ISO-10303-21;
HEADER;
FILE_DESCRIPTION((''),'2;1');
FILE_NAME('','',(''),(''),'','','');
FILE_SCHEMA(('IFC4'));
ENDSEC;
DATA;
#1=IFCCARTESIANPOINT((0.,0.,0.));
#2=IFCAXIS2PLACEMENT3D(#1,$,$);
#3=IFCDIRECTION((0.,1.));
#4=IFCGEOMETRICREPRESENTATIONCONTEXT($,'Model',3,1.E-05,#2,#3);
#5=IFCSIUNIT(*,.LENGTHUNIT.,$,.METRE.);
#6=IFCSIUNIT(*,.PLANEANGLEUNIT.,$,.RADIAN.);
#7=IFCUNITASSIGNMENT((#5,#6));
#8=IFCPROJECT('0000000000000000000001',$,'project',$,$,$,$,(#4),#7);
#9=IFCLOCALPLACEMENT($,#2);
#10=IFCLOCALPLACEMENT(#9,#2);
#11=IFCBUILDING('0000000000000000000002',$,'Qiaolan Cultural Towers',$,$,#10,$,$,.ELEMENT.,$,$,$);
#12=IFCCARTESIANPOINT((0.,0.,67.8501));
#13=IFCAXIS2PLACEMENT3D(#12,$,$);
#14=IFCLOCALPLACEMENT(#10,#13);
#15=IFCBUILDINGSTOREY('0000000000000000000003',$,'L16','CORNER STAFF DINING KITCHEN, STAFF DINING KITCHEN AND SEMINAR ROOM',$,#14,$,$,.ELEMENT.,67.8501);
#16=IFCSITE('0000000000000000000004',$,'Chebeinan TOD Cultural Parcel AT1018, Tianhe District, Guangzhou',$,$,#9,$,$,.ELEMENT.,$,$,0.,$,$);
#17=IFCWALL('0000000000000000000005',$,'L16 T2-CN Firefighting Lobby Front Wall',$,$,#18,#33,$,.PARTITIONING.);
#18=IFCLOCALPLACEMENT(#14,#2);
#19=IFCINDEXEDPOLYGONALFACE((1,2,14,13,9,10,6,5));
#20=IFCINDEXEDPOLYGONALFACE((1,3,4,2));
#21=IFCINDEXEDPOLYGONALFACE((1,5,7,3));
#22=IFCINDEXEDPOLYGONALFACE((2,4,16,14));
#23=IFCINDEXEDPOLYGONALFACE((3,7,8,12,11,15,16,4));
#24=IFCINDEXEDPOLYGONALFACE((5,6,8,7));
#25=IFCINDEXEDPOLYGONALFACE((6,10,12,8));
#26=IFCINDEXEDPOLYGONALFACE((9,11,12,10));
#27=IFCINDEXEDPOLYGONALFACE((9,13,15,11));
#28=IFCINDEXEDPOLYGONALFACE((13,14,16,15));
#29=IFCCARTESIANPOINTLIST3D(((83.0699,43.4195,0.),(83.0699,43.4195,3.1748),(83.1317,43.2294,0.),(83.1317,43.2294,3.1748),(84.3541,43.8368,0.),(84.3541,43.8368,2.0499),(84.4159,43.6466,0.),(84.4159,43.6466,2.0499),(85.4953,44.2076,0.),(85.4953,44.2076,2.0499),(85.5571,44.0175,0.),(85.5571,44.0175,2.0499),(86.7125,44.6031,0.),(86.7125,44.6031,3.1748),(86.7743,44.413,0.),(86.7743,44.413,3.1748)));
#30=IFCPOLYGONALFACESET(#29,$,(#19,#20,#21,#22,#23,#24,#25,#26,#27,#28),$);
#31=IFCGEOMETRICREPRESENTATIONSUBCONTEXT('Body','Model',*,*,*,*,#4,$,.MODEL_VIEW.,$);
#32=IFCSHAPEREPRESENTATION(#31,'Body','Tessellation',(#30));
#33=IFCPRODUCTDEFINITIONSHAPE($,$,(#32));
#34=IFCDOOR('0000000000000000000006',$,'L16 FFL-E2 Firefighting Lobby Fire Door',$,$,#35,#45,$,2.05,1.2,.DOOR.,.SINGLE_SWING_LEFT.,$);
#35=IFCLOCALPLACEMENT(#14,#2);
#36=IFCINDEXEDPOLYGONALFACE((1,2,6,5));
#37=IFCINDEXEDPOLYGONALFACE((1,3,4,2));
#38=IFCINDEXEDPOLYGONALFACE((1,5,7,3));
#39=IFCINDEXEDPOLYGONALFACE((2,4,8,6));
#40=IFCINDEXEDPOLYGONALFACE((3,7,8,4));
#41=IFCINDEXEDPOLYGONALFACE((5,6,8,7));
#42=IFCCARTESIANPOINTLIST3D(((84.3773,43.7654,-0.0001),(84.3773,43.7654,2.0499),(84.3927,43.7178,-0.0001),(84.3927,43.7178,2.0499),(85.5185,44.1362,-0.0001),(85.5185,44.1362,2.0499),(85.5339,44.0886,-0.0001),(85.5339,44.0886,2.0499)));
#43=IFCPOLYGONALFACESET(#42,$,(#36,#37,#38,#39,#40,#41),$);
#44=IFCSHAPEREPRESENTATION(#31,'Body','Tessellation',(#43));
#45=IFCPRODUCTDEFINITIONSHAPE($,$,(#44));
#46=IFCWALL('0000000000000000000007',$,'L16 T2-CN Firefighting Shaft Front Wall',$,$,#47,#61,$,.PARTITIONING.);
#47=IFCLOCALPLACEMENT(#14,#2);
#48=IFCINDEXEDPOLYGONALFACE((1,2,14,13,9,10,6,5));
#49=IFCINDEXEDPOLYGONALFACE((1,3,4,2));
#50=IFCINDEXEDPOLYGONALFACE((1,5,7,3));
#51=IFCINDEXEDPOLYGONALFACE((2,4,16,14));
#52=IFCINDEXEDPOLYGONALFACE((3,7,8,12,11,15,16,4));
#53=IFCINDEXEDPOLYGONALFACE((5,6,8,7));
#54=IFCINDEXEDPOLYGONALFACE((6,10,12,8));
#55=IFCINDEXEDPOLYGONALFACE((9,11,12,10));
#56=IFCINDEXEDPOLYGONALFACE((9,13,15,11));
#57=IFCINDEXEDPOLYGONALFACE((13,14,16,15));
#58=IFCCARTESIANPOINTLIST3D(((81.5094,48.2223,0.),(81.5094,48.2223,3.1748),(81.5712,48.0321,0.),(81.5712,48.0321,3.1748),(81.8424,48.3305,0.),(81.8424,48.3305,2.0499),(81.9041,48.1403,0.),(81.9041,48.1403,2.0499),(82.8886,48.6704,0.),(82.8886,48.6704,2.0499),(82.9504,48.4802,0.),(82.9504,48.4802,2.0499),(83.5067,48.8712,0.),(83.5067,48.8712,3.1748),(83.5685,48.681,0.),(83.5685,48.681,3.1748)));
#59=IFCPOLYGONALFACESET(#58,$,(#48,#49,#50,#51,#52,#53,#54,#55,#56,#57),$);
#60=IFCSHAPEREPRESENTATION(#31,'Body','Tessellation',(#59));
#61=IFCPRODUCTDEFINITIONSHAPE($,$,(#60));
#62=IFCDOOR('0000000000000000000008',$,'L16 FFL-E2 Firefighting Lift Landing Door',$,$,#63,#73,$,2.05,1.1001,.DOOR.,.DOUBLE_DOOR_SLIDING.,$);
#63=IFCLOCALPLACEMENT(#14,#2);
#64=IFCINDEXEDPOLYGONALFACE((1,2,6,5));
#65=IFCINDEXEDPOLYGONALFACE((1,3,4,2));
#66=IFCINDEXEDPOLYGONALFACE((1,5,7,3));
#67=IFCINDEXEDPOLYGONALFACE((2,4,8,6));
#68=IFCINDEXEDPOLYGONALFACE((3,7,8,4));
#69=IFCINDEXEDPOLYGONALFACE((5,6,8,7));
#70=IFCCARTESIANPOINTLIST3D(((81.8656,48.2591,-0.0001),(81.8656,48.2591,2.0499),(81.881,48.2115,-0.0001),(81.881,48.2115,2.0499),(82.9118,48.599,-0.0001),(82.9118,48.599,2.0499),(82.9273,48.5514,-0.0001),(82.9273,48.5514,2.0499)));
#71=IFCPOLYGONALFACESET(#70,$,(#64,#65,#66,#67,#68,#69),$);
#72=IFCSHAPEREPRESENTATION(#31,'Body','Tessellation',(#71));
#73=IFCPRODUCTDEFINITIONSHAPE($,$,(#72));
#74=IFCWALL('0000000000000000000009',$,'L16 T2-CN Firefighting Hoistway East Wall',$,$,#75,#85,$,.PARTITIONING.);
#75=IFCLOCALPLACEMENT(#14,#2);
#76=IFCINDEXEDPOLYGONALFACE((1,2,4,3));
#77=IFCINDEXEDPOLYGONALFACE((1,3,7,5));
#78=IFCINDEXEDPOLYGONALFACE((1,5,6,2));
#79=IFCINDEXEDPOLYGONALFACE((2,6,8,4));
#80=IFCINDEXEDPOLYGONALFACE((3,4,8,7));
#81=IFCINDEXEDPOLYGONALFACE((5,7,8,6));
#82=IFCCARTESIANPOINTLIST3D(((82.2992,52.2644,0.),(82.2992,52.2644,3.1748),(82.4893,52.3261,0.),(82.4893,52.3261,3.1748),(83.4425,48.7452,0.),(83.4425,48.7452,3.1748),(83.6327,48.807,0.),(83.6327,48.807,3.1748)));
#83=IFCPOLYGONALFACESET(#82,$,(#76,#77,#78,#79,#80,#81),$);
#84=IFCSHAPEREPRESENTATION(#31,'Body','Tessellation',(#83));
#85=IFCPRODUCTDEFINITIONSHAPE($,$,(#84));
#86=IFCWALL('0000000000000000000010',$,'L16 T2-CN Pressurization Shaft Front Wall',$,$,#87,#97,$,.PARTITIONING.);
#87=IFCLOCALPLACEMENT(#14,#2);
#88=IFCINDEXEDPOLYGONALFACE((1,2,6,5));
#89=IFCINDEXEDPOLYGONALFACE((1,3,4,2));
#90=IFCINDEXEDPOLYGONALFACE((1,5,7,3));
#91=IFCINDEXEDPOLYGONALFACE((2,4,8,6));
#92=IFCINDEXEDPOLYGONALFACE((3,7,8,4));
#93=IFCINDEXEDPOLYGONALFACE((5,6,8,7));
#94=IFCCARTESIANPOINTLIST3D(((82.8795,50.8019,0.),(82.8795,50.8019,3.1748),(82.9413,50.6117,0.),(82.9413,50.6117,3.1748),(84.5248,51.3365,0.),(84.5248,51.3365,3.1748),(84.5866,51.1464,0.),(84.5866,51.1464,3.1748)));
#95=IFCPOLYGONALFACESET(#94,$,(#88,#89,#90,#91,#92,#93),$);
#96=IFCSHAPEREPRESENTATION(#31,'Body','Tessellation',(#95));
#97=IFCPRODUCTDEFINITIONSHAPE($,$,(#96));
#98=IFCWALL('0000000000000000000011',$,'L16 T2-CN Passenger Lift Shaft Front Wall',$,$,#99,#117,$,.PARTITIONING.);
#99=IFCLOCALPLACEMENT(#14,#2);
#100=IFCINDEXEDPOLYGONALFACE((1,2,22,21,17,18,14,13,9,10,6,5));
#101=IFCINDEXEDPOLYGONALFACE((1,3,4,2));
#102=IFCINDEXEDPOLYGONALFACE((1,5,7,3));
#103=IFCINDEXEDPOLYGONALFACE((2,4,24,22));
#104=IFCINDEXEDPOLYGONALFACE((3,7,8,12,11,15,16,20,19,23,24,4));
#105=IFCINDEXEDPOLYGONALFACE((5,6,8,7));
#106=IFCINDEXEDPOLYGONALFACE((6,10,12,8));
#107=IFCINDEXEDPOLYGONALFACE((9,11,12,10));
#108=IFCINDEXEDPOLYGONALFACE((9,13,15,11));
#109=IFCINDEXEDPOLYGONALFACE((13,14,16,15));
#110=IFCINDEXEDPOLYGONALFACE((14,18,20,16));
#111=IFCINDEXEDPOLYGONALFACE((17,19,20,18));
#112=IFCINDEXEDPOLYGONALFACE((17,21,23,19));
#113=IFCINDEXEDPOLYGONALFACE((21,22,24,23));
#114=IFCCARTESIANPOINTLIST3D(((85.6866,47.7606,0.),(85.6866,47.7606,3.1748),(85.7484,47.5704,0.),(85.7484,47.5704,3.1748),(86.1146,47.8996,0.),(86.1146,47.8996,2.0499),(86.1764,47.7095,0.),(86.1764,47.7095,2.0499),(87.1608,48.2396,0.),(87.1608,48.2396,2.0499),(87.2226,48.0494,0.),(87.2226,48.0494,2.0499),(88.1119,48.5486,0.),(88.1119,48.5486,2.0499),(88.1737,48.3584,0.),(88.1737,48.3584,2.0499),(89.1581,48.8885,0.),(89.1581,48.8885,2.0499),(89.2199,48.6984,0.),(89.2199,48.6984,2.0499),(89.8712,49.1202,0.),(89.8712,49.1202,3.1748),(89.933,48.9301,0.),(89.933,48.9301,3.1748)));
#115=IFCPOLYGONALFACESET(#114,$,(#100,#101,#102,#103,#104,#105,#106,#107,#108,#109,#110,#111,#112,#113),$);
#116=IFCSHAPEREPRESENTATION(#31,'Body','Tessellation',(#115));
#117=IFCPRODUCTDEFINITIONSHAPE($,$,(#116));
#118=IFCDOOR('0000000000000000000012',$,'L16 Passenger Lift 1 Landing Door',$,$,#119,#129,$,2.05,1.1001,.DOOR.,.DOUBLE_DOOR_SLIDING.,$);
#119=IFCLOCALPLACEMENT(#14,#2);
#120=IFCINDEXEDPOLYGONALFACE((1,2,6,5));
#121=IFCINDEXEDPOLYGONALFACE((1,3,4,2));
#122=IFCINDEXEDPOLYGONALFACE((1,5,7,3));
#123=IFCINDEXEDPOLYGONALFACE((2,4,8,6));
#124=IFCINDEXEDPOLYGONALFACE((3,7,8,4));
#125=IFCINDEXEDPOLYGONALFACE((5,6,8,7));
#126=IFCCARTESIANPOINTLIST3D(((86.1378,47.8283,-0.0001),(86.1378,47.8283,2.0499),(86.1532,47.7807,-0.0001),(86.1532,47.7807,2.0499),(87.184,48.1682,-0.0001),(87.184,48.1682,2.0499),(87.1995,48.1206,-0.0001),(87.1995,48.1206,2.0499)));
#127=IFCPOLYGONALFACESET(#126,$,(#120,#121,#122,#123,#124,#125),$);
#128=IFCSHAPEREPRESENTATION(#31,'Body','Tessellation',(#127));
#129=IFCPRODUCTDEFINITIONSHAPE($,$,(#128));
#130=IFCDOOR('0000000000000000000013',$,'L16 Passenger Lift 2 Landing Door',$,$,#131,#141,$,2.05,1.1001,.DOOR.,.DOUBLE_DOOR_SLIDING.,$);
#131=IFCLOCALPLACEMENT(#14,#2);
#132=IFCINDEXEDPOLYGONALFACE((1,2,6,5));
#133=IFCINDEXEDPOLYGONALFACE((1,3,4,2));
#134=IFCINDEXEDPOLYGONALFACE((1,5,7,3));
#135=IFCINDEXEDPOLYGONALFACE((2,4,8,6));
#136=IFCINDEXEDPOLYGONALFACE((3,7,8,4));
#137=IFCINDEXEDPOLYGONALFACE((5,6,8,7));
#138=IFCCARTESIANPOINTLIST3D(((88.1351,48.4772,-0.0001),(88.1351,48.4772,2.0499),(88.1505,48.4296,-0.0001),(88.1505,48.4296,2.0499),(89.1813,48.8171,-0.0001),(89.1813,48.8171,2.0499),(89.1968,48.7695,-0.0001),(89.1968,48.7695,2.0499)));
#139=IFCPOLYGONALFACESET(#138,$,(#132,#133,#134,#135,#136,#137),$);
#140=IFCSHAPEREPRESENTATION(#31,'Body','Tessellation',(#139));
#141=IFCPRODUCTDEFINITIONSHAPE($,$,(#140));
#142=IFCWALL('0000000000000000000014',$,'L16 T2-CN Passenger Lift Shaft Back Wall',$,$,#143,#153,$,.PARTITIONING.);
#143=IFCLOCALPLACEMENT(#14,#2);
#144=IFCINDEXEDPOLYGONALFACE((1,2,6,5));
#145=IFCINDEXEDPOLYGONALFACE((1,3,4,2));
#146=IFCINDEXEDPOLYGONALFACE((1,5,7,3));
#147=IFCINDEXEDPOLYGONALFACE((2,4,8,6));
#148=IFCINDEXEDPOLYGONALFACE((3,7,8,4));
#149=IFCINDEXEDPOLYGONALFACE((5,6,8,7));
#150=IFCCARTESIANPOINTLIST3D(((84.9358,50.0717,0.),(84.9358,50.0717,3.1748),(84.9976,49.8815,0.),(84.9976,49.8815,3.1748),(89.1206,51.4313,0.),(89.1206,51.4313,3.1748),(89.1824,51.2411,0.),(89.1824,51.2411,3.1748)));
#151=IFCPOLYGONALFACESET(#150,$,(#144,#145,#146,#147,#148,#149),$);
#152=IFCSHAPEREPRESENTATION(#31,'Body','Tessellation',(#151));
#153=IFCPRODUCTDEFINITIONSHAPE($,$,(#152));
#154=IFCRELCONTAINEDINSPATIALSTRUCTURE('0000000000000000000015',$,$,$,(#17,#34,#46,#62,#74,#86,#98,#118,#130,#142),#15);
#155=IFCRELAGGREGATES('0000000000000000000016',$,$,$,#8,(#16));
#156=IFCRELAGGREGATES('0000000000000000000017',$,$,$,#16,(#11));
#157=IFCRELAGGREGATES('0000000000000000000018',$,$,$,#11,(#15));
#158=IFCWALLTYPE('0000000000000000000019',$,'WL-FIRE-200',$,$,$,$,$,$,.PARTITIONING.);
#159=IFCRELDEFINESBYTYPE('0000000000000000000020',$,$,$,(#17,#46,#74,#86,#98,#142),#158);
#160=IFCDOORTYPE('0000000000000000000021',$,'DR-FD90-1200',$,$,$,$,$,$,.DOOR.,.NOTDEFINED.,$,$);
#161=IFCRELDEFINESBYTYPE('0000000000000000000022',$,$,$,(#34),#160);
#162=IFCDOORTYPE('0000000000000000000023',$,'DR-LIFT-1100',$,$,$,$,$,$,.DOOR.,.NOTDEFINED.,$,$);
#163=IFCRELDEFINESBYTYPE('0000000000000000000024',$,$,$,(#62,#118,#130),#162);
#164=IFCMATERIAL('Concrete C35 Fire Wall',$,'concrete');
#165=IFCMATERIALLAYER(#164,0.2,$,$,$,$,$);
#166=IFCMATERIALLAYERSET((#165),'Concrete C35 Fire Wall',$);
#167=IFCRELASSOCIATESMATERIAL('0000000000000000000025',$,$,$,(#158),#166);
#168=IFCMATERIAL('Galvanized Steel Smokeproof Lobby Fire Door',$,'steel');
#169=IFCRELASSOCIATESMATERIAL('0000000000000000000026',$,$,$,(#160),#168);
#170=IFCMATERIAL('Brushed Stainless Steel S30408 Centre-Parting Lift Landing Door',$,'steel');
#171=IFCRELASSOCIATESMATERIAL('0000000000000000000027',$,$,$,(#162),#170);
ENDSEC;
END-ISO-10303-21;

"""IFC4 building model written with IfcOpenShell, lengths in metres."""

from ifc_helpers import new_model, si_unit, direction, frame, frame_2d, origin, place, context, subcontext, project, spatial, rectangle, extrude, material, layer, layer_set, type_object, element, fill, save


model = new_model("IFC4")

# Units and contexts
model_context = context("Model", 3, precision=1e-05, world=origin(), true_north=direction((0.0, 1.0)))
body_context = subcontext(model_context, "Body", "Model", "MODEL_VIEW")
ifc_project = project(units=[si_unit("LENGTHUNIT", "METRE"), si_unit("PLANEANGLEUNIT", "RADIAN")], contexts=[model_context])

# Site, building, storey
site_placement = place(None, origin())
site = spatial("IfcSite", under=ifc_project, at=site_placement, Name="Chebeinan TOD Cultural Parcel AT1018, Tianhe District, Guangzhou", CompositionType="ELEMENT", RefElevation=0.0)
building_placement = place(site_placement, origin())
building = spatial("IfcBuilding", under=site, at=building_placement, Name="Qiaolan Cultural Towers", CompositionType="ELEMENT")
storey_placement = place(building_placement, frame((0.0, 0.0, 67.8501)))
storey = spatial("IfcBuildingStorey", under=building, at=storey_placement, Name="L16", Description="CORNER STAFF DINING KITCHEN, STAFF DINING KITCHEN AND SEMINAR ROOM", CompositionType="ELEMENT", Elevation=67.8501)

# Shared definitions
ifc_material_1 = material(Name="Concrete C35 Fire Wall", Category="concrete")
ifc_layer_1 = layer(ifc_material_1, 0.2)
ifc_layer_set_1 = layer_set([ifc_layer_1], Name="Concrete C35 Fire Wall")
wall_type_1 = type_object("IfcWallType", Name="WL-FIRE-200", PredefinedType="PARTITIONING", material=ifc_layer_set_1)

# Walls, openings, doors
wall_1_placement = place(storey_placement, frame((83.1008, 43.3245, 0.0), z_axis=(0.0, 0.0, 1.0), x_axis=(0.951053, 0.309028, 0.0)))
wall_1 = element("IfcWall", 1, at=wall_1_placement, inside=storey, type_object=wall_type_1, Name="L16 T2-CN Firefighting Lobby Front Wall", PredefinedType="PARTITIONING", context=body_context, shape_type="SweptSolid", body=[
    extrude(rectangle(XDim=3.8301, YDim=0.2, at=frame_2d((1.915, 0.0))), origin(), (0.0, 0.0, 1.0), 3.1748),
])
opening_1_placement = place(wall_1_placement, frame((1.3501, 0.0, 0.0)))
opening_1 = element("IfcOpeningElement", 2, at=opening_1_placement, cuts=wall_1, PredefinedType="OPENING", context=body_context, shape_type="SweptSolid", body=[
    extrude(rectangle(XDim=1.2, YDim=2.05, at=frame_2d((0.6001, 1.0249))), frame((0.0, 0.1099, 0.0), z_axis=(0.0, -1.0, 0.0), x_axis=(1.0, 0.0, 0.0)), (0.0, 0.0, 1.0), 0.22),
])
ifc_material_2 = material(Name="Galvanized Steel Smokeproof Lobby Fire Door", Category="steel")
door_type_1 = type_object("IfcDoorType", Name="DR-FD90-1200", OperationType="NOTDEFINED", PredefinedType="DOOR", material=ifc_material_2)
door_1_placement = place(opening_1_placement, origin())
door_1 = element("IfcDoor", 3, at=door_1_placement, inside=storey, type_object=door_type_1, Name="L16 FFL-E2 Firefighting Lobby Fire Door", OperationType="SINGLE_SWING_LEFT", OverallHeight=2.05, OverallWidth=1.2, PredefinedType="DOOR", context=body_context, shape_type="SweptSolid", body=[
    extrude(rectangle(XDim=1.2, YDim=2.05, at=frame_2d((0.6001, 1.0249))), frame((0.0, 0.0249, 0.0), z_axis=(0.0, -1.0, 0.0), x_axis=(1.0, 0.0, 0.0)), (0.0, 0.0, 1.0), 0.05),
])
fill(opening_1, door_1)
wall_2_placement = place(storey_placement, frame((81.5403, 48.1272, 0.0), z_axis=(0.0, 0.0, 1.0), x_axis=(0.951062, 0.308999, 0.0)))
wall_2 = element("IfcWall", 4, at=wall_2_placement, inside=storey, type_object=wall_type_1, Name="L16 T2-CN Firefighting Shaft Front Wall", PredefinedType="PARTITIONING", context=body_context, shape_type="SweptSolid", body=[
    extrude(rectangle(XDim=2.1001, YDim=0.2, at=frame_2d((1.05, 0.0))), origin(), (0.0, 0.0, 1.0), 3.1748),
])
opening_2_placement = place(wall_2_placement, frame((0.3501, 0.0, 0.0)))
opening_2 = element("IfcOpeningElement", 5, at=opening_2_placement, cuts=wall_2, PredefinedType="OPENING", context=body_context, shape_type="SweptSolid", body=[
    extrude(rectangle(XDim=1.1001, YDim=2.05, at=frame_2d((0.55, 1.0249))), frame((0.0, 0.1099, 0.0), z_axis=(0.0, -1.0, 0.0), x_axis=(1.0, 0.0, 0.0)), (0.0, 0.0, 1.0), 0.22),
])
ifc_material_3 = material(Name="Brushed Stainless Steel S30408 Centre-Parting Lift Landing Door", Category="steel")
door_type_2 = type_object("IfcDoorType", Name="DR-LIFT-1100", OperationType="NOTDEFINED", PredefinedType="DOOR", material=ifc_material_3)
door_2_placement = place(opening_2_placement, origin())
door_2 = element("IfcDoor", 6, at=door_2_placement, inside=storey, type_object=door_type_2, Name="L16 FFL-E2 Firefighting Lift Landing Door", OperationType="DOUBLE_DOOR_SLIDING", OverallHeight=2.05, OverallWidth=1.1001, PredefinedType="DOOR", context=body_context, shape_type="SweptSolid", body=[
    extrude(rectangle(XDim=1.1001, YDim=2.05, at=frame_2d((0.55, 1.0249))), frame((0.0, 0.0249, 0.0), z_axis=(0.0, -1.0, 0.0), x_axis=(1.0, 0.0, 0.0)), (0.0, 0.0, 1.0), 0.05),
])
fill(opening_2, door_2)

# Walls
wall_3_placement = place(storey_placement, frame((83.5376, 48.7761, 0.0), z_axis=(0.0, 0.0, 1.0), x_axis=(-0.308994, 0.951064, 0.0)))
element("IfcWall", 7, at=wall_3_placement, inside=storey, type_object=wall_type_1, Name="L16 T2-CN Firefighting Hoistway East Wall", PredefinedType="PARTITIONING", context=body_context, shape_type="SweptSolid", body=[
    extrude(rectangle(XDim=3.7002, YDim=0.2, at=frame_2d((1.8501, 0.0))), origin(), (0.0, 0.0, 1.0), 3.1748),
])
wall_4_placement = place(storey_placement, frame((82.9104, 50.7068, 0.0), z_axis=(0.0, 0.0, 1.0), x_axis=(0.951041, 0.309064, 0.0)))
element("IfcWall", 8, at=wall_4_placement, inside=storey, type_object=wall_type_1, Name="L16 T2-CN Pressurization Shaft Front Wall", PredefinedType="PARTITIONING", context=body_context, shape_type="SweptSolid", body=[
    extrude(rectangle(XDim=1.73, YDim=0.2, at=frame_2d((0.865, 0.0))), origin(), (0.0, 0.0, 1.0), 3.1748),
])

# Wall, openings, doors
wall_5_placement = place(storey_placement, frame((85.7175, 47.6655, 0.0), z_axis=(0.0, 0.0, 1.0), x_axis=(0.951059, 0.309011, 0.0)))
wall_5 = element("IfcWall", 9, at=wall_5_placement, inside=storey, type_object=wall_type_1, Name="L16 T2-CN Passenger Lift Shaft Front Wall", PredefinedType="PARTITIONING", context=body_context, shape_type="SweptSolid", body=[
    extrude(rectangle(XDim=4.3999, YDim=0.2, at=frame_2d((2.2, 0.0))), origin(), (0.0, 0.0, 1.0), 3.1748),
])
opening_3_placement = place(wall_5_placement, frame((0.45, 0.0, 0.0)))
opening_3 = element("IfcOpeningElement", 10, at=opening_3_placement, cuts=wall_5, PredefinedType="OPENING", context=body_context, shape_type="SweptSolid", body=[
    extrude(rectangle(XDim=1.1001, YDim=2.05, at=frame_2d((0.55, 1.0249))), frame((0.0, 0.1099, 0.0), z_axis=(0.0, -1.0, 0.0), x_axis=(1.0, 0.0, 0.0)), (0.0, 0.0, 1.0), 0.22),
])
opening_4_placement = place(wall_5_placement, frame((2.55, 0.0, 0.0)))
opening_4 = element("IfcOpeningElement", 11, at=opening_4_placement, cuts=wall_5, PredefinedType="OPENING", context=body_context, shape_type="SweptSolid", body=[
    extrude(rectangle(XDim=1.1001, YDim=2.05, at=frame_2d((0.55, 1.0249))), frame((0.0, 0.1099, 0.0), z_axis=(0.0, -1.0, 0.0), x_axis=(1.0, 0.0, 0.0)), (0.0, 0.0, 1.0), 0.22),
])
door_3_placement = place(opening_3_placement, origin())
door_3 = element("IfcDoor", 12, at=door_3_placement, inside=storey, type_object=door_type_2, Name="L16 Passenger Lift 1 Landing Door", OperationType="DOUBLE_DOOR_SLIDING", OverallHeight=2.05, OverallWidth=1.1001, PredefinedType="DOOR", context=body_context, shape_type="SweptSolid", body=[
    extrude(rectangle(XDim=1.1001, YDim=2.05, at=frame_2d((0.55, 1.0249))), frame((0.0, 0.0249, 0.0), z_axis=(0.0, -1.0, 0.0), x_axis=(1.0, 0.0, 0.0)), (0.0, 0.0, 1.0), 0.05),
])
fill(opening_3, door_3)
door_4_placement = place(opening_4_placement, origin())
door_4 = element("IfcDoor", 13, at=door_4_placement, inside=storey, type_object=door_type_2, Name="L16 Passenger Lift 2 Landing Door", OperationType="DOUBLE_DOOR_SLIDING", OverallHeight=2.05, OverallWidth=1.1001, PredefinedType="DOOR", context=body_context, shape_type="SweptSolid", body=[
    extrude(rectangle(XDim=1.1001, YDim=2.05, at=frame_2d((0.55, 1.0249))), frame((0.0, 0.0249, 0.0), z_axis=(0.0, -1.0, 0.0), x_axis=(1.0, 0.0, 0.0)), (0.0, 0.0, 1.0), 0.05),
])
fill(opening_4, door_4)

# Wall
wall_6_placement = place(storey_placement, frame((84.9666, 49.9766, 0.0), z_axis=(0.0, 0.0, 1.0), x_axis=(0.951064, 0.308994, 0.0)))
element("IfcWall", 14, at=wall_6_placement, inside=storey, type_object=wall_type_1, Name="L16 T2-CN Passenger Lift Shaft Back Wall", PredefinedType="PARTITIONING", context=body_context, shape_type="SweptSolid", body=[
    extrude(rectangle(XDim=4.4001, YDim=0.2, at=frame_2d((2.2002, 0.0))), origin(), (0.0, 0.0, 1.0), 3.1748),
])

save(model, "model.ifc")
